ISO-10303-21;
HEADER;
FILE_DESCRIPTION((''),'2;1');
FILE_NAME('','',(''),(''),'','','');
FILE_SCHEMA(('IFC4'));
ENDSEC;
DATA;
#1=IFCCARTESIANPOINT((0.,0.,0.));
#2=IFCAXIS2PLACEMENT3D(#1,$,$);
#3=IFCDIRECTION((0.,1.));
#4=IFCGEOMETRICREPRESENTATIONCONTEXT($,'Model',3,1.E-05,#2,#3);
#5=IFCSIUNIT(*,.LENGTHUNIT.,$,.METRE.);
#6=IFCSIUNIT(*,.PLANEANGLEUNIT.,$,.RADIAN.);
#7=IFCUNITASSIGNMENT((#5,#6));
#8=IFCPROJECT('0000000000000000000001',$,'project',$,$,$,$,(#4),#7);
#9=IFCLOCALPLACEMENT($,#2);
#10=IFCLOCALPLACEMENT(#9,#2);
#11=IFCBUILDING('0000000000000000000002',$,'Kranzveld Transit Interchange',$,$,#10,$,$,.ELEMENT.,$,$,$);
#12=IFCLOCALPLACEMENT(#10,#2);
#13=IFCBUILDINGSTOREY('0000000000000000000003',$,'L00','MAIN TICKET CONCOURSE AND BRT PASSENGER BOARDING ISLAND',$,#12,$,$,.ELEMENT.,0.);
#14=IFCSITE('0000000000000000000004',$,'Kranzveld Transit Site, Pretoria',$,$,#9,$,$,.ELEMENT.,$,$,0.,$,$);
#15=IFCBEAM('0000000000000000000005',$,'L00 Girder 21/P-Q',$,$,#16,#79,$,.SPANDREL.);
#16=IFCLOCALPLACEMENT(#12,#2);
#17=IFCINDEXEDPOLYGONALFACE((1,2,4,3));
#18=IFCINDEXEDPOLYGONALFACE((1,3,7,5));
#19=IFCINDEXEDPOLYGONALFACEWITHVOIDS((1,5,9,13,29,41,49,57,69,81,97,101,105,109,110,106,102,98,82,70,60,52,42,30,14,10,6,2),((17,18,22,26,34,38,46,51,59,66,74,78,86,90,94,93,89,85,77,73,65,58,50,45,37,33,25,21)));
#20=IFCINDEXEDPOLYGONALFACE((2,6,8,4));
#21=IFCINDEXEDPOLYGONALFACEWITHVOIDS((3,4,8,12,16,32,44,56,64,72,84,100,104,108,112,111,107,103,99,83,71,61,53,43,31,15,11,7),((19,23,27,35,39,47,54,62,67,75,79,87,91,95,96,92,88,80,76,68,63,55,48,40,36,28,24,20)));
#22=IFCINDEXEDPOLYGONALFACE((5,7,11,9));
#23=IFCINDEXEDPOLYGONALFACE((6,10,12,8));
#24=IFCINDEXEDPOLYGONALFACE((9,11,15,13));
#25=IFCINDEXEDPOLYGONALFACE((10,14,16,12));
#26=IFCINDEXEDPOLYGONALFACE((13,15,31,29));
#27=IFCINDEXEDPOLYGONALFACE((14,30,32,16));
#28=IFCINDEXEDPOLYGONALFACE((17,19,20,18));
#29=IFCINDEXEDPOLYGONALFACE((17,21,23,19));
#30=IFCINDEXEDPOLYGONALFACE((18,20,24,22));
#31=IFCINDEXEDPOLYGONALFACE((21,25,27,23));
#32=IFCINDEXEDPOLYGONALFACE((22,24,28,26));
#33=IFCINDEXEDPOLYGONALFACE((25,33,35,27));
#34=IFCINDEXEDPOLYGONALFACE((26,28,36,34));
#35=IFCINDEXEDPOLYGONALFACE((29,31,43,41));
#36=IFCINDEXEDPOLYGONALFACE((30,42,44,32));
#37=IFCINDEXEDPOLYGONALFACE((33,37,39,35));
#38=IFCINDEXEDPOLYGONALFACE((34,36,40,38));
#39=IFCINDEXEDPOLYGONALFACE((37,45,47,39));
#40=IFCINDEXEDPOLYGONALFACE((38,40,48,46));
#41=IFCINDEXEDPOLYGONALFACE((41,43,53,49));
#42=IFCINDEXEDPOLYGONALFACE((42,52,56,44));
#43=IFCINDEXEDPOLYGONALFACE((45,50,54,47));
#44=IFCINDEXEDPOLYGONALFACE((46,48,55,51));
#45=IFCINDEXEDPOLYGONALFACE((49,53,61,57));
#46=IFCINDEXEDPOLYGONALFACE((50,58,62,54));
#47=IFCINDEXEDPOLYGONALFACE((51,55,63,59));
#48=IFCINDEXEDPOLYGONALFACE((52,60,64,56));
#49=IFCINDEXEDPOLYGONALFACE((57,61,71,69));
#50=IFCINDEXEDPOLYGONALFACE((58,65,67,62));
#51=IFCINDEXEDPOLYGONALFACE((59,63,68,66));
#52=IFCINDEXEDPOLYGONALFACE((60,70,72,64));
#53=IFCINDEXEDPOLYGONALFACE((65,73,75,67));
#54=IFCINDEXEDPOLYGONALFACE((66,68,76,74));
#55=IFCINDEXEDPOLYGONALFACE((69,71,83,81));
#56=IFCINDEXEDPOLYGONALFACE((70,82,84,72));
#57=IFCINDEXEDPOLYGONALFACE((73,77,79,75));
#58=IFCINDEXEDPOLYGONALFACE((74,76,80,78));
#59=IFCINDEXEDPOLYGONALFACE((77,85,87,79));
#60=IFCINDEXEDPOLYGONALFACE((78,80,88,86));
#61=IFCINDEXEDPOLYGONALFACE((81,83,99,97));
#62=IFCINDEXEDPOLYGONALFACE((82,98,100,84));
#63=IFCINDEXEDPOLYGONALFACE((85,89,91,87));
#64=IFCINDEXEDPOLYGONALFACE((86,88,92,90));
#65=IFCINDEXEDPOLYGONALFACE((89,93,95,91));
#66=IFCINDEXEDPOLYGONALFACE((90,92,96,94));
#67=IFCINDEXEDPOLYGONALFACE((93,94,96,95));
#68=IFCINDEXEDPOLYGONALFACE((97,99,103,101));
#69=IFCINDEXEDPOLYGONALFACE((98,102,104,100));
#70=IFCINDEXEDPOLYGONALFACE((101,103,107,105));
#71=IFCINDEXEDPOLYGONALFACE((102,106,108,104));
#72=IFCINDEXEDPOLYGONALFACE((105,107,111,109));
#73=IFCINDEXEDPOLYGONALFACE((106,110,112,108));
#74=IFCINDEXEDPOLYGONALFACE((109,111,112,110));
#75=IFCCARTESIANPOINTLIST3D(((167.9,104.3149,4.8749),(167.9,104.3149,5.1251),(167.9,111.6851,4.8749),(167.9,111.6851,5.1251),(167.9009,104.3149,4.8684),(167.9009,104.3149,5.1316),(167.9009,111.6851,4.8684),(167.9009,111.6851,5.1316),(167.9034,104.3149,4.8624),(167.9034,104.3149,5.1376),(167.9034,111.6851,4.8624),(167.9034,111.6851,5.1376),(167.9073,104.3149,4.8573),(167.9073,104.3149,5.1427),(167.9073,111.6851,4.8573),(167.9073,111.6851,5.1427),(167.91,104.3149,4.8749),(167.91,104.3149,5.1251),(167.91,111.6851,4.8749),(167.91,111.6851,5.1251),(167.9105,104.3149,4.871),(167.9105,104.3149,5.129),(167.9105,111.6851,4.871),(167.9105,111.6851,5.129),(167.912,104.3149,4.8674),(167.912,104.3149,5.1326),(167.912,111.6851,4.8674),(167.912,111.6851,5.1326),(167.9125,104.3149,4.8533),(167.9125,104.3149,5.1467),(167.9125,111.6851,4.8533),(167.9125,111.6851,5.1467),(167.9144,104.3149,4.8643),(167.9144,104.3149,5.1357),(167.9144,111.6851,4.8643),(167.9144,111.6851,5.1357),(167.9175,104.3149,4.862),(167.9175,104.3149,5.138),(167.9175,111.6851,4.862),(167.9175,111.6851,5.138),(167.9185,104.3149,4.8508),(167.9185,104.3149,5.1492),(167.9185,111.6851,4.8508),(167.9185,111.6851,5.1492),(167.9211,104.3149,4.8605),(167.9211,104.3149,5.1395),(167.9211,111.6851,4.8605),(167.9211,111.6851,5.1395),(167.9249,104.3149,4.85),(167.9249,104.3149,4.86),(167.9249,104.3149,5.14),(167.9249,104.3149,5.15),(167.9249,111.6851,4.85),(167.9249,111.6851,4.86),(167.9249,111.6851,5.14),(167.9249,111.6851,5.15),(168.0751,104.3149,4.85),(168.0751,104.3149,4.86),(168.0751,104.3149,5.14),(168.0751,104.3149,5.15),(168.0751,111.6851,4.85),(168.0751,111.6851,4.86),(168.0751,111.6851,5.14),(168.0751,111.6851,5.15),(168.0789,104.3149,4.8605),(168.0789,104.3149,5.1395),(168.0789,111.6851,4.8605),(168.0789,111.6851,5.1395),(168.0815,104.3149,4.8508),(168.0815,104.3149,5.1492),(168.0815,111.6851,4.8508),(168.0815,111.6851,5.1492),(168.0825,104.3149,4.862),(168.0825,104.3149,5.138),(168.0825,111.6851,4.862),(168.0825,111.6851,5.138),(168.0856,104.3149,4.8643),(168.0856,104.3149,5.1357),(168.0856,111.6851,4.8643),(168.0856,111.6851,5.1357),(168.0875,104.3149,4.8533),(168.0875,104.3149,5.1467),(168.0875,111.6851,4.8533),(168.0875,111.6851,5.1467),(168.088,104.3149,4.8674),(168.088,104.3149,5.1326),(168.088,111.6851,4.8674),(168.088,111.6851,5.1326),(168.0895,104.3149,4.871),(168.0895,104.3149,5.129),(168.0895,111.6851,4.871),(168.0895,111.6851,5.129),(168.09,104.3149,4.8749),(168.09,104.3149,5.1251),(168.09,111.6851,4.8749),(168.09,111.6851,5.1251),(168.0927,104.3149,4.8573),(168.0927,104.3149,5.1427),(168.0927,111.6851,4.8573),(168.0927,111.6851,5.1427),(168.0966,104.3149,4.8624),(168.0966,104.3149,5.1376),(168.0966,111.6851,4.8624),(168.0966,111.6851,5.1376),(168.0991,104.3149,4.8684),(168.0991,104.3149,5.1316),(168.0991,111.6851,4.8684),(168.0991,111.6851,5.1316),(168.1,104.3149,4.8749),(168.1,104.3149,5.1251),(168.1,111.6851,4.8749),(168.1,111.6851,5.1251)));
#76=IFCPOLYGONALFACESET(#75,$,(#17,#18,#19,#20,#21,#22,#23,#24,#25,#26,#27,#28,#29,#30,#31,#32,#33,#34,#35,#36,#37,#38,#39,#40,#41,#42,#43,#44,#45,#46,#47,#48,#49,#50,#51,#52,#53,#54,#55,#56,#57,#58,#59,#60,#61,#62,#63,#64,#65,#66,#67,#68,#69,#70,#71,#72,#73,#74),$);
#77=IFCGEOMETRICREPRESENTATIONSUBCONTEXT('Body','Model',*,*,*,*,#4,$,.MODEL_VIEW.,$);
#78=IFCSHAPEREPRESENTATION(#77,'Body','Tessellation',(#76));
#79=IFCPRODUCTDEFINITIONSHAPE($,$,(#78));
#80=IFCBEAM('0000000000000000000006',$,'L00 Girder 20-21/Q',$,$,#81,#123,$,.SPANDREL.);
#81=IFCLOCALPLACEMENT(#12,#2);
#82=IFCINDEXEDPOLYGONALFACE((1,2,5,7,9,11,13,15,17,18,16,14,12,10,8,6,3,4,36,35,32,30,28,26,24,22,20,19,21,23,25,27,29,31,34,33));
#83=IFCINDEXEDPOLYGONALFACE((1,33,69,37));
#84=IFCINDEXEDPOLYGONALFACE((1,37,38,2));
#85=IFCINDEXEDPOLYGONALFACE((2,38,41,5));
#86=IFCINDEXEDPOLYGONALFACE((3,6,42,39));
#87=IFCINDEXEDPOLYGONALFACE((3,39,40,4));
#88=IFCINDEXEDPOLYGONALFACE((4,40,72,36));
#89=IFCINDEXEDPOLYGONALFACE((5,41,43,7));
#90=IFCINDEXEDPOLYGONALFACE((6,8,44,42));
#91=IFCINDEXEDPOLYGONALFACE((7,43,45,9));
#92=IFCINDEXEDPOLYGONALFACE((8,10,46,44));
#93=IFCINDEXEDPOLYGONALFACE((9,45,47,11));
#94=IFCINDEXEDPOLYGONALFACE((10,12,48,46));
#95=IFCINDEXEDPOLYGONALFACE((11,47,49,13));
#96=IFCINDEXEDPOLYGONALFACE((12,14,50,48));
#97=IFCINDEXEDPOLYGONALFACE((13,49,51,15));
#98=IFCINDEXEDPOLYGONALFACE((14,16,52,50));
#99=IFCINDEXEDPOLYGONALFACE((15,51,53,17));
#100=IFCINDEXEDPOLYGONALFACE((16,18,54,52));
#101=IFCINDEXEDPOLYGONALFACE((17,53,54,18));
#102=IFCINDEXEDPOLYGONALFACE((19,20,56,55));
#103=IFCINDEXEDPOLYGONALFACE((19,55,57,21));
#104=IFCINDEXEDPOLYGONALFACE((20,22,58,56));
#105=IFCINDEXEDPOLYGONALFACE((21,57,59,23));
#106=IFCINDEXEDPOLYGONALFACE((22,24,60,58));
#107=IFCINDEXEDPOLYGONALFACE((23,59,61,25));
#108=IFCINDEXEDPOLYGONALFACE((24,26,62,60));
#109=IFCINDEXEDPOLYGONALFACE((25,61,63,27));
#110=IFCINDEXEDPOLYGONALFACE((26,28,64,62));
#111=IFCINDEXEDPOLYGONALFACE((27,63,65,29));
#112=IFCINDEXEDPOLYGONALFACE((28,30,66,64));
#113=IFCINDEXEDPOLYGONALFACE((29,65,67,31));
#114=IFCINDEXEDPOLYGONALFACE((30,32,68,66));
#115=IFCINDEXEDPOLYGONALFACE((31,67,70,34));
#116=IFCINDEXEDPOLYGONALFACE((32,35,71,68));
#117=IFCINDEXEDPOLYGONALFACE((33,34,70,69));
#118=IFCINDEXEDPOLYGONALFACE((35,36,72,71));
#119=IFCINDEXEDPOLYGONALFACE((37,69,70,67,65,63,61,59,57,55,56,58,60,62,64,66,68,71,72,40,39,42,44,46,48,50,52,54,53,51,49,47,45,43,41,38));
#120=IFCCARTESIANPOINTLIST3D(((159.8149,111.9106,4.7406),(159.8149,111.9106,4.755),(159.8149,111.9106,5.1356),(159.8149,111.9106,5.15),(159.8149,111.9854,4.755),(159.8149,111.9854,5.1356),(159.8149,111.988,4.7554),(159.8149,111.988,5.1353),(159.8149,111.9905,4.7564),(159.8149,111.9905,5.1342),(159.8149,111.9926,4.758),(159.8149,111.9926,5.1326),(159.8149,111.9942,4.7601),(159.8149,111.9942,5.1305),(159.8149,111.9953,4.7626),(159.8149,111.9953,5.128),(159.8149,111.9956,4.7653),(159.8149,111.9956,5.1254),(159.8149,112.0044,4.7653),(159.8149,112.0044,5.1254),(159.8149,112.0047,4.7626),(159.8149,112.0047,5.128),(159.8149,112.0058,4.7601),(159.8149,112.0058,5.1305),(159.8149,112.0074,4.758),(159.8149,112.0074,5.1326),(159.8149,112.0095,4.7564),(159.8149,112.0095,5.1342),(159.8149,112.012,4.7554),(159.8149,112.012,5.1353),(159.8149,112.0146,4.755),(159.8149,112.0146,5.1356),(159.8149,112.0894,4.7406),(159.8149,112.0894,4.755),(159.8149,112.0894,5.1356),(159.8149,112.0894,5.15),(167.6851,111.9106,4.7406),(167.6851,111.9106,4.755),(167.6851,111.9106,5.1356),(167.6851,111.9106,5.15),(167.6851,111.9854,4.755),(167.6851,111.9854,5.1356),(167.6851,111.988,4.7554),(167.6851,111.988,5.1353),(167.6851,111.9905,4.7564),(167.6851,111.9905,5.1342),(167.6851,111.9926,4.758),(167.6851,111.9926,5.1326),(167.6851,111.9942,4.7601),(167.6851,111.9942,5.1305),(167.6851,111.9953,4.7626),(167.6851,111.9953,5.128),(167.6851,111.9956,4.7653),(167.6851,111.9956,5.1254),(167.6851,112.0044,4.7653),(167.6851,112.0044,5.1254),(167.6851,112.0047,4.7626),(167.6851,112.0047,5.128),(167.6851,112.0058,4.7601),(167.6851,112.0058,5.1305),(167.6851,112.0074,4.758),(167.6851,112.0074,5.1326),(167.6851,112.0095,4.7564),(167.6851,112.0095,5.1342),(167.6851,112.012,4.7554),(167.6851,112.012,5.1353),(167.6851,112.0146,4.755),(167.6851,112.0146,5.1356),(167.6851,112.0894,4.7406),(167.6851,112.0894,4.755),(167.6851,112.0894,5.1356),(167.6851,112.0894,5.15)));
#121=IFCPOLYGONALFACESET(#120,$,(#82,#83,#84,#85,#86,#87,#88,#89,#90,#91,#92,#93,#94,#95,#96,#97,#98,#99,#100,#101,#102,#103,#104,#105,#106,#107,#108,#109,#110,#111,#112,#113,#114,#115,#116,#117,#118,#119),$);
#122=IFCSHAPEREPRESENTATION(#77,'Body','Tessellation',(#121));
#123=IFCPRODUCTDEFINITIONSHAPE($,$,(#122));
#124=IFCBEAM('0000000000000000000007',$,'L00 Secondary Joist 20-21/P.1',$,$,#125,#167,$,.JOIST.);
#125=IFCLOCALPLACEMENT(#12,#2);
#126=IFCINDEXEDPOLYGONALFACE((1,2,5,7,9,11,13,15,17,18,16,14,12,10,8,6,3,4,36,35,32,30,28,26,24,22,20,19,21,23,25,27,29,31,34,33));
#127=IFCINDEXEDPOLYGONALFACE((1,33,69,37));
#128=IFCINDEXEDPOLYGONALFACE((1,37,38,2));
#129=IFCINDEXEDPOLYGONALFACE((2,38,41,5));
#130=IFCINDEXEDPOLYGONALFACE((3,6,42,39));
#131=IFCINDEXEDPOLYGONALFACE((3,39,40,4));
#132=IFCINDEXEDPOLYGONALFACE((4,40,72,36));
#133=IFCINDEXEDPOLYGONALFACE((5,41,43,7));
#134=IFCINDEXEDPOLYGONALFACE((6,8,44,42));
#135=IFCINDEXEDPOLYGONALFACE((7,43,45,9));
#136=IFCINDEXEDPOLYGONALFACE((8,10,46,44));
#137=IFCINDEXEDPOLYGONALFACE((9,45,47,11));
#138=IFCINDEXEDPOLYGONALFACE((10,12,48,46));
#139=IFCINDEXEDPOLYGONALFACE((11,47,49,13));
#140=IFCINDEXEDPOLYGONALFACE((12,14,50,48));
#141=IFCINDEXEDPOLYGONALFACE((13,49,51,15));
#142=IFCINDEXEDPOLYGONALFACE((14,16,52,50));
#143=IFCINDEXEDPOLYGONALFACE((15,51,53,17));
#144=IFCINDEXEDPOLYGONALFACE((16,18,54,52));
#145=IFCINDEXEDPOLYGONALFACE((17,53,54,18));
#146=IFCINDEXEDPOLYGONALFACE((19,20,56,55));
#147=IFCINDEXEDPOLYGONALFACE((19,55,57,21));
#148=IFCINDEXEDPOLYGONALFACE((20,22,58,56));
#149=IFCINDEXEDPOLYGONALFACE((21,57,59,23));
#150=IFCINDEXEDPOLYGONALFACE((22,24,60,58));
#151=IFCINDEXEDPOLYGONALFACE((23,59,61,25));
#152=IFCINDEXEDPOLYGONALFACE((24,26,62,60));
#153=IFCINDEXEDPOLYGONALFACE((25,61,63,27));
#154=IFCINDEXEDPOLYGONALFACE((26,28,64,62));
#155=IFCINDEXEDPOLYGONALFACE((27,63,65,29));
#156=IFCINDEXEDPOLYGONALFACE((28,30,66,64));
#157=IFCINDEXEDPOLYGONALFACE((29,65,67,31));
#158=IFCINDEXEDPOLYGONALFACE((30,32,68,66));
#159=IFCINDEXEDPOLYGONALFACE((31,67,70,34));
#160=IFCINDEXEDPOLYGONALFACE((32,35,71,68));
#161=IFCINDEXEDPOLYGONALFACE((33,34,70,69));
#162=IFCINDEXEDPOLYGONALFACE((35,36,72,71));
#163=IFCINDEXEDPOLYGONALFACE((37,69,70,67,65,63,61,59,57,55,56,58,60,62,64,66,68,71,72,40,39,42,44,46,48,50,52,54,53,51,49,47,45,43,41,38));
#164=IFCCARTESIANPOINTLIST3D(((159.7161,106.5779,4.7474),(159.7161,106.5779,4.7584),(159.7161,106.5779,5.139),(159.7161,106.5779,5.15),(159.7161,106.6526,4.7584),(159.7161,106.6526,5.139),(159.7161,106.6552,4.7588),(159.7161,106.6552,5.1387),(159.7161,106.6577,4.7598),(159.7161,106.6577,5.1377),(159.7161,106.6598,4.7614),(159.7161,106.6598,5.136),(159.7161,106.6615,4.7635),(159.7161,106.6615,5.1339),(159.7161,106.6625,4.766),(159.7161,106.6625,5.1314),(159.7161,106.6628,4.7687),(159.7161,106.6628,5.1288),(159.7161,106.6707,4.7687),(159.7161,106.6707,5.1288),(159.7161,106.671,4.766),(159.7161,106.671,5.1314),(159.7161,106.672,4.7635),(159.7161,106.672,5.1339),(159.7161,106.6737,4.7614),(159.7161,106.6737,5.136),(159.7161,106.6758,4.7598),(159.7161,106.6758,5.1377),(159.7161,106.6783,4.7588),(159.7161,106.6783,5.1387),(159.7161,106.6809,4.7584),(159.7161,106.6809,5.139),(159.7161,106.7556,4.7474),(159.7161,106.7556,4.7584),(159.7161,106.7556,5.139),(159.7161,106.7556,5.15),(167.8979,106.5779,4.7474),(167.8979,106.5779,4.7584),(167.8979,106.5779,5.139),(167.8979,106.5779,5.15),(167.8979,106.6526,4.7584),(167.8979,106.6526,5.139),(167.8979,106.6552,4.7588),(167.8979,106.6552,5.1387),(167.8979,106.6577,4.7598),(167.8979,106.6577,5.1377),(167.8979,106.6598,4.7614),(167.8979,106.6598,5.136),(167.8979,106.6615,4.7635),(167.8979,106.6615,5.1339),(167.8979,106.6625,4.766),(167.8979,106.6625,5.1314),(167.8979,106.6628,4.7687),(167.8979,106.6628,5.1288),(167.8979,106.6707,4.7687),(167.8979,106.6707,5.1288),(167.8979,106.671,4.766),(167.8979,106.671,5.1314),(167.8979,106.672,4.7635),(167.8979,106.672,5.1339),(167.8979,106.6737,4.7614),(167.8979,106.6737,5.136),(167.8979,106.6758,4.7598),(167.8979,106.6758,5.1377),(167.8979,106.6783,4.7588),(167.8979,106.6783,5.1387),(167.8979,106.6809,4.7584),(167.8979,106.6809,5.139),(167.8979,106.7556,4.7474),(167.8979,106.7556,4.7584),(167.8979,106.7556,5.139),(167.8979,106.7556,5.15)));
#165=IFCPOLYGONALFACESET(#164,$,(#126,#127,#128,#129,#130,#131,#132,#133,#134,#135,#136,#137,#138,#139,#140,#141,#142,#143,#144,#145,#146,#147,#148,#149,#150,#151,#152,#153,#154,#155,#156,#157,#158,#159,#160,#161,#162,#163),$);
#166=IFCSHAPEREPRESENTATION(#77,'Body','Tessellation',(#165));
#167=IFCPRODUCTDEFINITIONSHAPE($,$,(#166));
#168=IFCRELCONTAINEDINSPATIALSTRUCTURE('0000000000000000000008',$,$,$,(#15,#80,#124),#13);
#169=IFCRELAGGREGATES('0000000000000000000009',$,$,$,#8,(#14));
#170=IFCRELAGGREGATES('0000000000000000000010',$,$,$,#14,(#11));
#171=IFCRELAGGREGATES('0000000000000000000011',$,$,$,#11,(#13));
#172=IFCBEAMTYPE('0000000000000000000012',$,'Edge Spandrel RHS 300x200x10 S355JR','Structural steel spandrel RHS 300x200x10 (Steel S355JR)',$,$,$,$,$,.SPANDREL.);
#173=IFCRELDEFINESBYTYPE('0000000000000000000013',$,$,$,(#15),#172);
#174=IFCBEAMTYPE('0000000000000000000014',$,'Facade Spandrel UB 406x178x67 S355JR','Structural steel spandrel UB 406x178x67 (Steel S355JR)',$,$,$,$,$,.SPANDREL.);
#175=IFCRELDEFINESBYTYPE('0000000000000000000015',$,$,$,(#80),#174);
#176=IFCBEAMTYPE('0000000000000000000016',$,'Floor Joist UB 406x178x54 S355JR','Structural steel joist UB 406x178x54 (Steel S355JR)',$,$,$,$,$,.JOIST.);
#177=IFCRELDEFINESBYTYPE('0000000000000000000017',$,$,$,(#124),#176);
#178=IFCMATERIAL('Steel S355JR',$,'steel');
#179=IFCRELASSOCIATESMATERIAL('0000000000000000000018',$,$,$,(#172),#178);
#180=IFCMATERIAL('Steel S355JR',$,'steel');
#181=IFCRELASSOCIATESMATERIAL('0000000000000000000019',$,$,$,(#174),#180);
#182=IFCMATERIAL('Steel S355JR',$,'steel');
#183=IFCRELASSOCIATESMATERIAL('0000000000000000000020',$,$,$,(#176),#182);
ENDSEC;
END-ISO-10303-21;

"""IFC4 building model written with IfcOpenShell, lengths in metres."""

from ifc_helpers import new_model, si_unit, direction, frame, origin, origin_2d, place, context, subcontext, project, spatial, hollow_rectangle, i_section, extrude, material, material_profile, profile_set, type_object, element, save


model = new_model("IFC4")

# Units and contexts
model_context = context("Model", 3, precision=1e-05, world=origin(), true_north=direction((0.0, 1.0)))
body_context = subcontext(model_context, "Body", "Model", "MODEL_VIEW")
ifc_project = project(units=[si_unit("LENGTHUNIT", "METRE"), si_unit("PLANEANGLEUNIT", "RADIAN")], contexts=[model_context])

# Site, building, storey
site_placement = place(None, origin())
site = spatial("IfcSite", under=ifc_project, at=site_placement, Name="Kranzveld Transit Site, Pretoria", CompositionType="ELEMENT", RefElevation=0.0)
building_placement = place(site_placement, origin())
building = spatial("IfcBuilding", under=site, at=building_placement, Name="Kranzveld Transit Interchange", CompositionType="ELEMENT")
storey_placement = place(building_placement, origin())
storey = spatial("IfcBuildingStorey", under=building, at=storey_placement, Name="L00", Description="MAIN TICKET CONCOURSE AND BRT PASSENGER BOARDING ISLAND", CompositionType="ELEMENT", Elevation=0.0)

# Beams
ifc_material_1 = material(Name="Steel S355JR", Category="steel")
ifc_material_profile_1 = material_profile(ifc_material_1, hollow_rectangle(XDim=0.2, YDim=0.3, WallThickness=0.01, InnerFilletRadius=0.0149, OuterFilletRadius=0.0249, at=origin_2d()), Name="RHS 300x200x10")
ifc_profile_set_1 = profile_set([ifc_material_profile_1], Name="Steel S355JR")
beam_type_1 = type_object("IfcBeamType", Name="Edge Spandrel RHS 300x200x10 S355JR", Description="Structural steel spandrel RHS 300x200x10 (Steel S355JR)", PredefinedType="SPANDREL", material=ifc_profile_set_1)
beam_1_placement = place(storey_placement, frame((168.0, 104.3149, 5.0), z_axis=(0.0, 1.0, 0.0), x_axis=(-1.0, 0.0, 0.0)))
element("IfcBeam", 1, at=beam_1_placement, inside=storey, type_object=beam_type_1, Name="L00 Girder 21/P-Q", PredefinedType="SPANDREL", context=body_context, shape_type="SweptSolid", body=[
    extrude(hollow_rectangle(XDim=0.2, YDim=0.3, WallThickness=0.01, InnerFilletRadius=0.0149, OuterFilletRadius=0.0249, at=origin_2d()), origin(), (0.0, 0.0, 1.0), 7.3701),
])
ifc_material_2 = material(Name="Steel S355JR", Category="steel")
ifc_material_profile_2 = material_profile(ifc_material_2, i_section(OverallWidth=0.1787, OverallDepth=0.4094, WebThickness=0.0088, FlangeThickness=0.0144, FilletRadius=0.0103, at=origin_2d()), Name="UB 406x178x67")
ifc_profile_set_2 = profile_set([ifc_material_profile_2], Name="Steel S355JR")
beam_type_2 = type_object("IfcBeamType", Name="Facade Spandrel UB 406x178x67 S355JR", Description="Structural steel spandrel UB 406x178x67 (Steel S355JR)", PredefinedType="SPANDREL", material=ifc_profile_set_2)
beam_2_placement = place(storey_placement, frame((159.8149, 112.0, 4.9453), z_axis=(1.0, 0.0, 0.0), x_axis=(0.0, 1.0, 0.0)))
element("IfcBeam", 2, at=beam_2_placement, inside=storey, type_object=beam_type_2, Name="L00 Girder 20-21/Q", PredefinedType="SPANDREL", context=body_context, shape_type="SweptSolid", body=[
    extrude(i_section(OverallWidth=0.1787, OverallDepth=0.4094, WebThickness=0.0088, FlangeThickness=0.0144, FilletRadius=0.0103, at=origin_2d()), origin(), (0.0, 0.0, 1.0), 7.8701),
])
ifc_material_3 = material(Name="Steel S355JR", Category="steel")
ifc_material_profile_3 = material_profile(ifc_material_3, i_section(OverallWidth=0.1777, OverallDepth=0.4026, WebThickness=0.0078, FlangeThickness=0.011, FilletRadius=0.0103, at=origin_2d()), Name="UB 406x178x54")
ifc_profile_set_3 = profile_set([ifc_material_profile_3], Name="Steel S355JR")
beam_type_3 = type_object("IfcBeamType", Name="Floor Joist UB 406x178x54 S355JR", Description="Structural steel joist UB 406x178x54 (Steel S355JR)", PredefinedType="JOIST", material=ifc_profile_set_3)
for number, where, z_axis, x_axis, name in (
    (3, (159.7161, 106.6667, 4.9487), (1.0, 0.0, 0.0), (0.0, 1.0, 0.0), "L00 Secondary Joist 20-21/P.1"),
):
    element("IfcBeam", number, at=place(storey_placement, frame(where, z_axis=z_axis, x_axis=x_axis)), inside=storey, type_object=beam_type_3, Name=name, PredefinedType="JOIST", context=body_context, shape_type="SweptSolid", body=[
        extrude(i_section(OverallWidth=0.1777, OverallDepth=0.4026, WebThickness=0.0078, FlangeThickness=0.011, FilletRadius=0.0103, at=origin_2d()), origin(), (0.0, 0.0, 1.0), 8.1819),
    ])

save(model, "model.ifc")
